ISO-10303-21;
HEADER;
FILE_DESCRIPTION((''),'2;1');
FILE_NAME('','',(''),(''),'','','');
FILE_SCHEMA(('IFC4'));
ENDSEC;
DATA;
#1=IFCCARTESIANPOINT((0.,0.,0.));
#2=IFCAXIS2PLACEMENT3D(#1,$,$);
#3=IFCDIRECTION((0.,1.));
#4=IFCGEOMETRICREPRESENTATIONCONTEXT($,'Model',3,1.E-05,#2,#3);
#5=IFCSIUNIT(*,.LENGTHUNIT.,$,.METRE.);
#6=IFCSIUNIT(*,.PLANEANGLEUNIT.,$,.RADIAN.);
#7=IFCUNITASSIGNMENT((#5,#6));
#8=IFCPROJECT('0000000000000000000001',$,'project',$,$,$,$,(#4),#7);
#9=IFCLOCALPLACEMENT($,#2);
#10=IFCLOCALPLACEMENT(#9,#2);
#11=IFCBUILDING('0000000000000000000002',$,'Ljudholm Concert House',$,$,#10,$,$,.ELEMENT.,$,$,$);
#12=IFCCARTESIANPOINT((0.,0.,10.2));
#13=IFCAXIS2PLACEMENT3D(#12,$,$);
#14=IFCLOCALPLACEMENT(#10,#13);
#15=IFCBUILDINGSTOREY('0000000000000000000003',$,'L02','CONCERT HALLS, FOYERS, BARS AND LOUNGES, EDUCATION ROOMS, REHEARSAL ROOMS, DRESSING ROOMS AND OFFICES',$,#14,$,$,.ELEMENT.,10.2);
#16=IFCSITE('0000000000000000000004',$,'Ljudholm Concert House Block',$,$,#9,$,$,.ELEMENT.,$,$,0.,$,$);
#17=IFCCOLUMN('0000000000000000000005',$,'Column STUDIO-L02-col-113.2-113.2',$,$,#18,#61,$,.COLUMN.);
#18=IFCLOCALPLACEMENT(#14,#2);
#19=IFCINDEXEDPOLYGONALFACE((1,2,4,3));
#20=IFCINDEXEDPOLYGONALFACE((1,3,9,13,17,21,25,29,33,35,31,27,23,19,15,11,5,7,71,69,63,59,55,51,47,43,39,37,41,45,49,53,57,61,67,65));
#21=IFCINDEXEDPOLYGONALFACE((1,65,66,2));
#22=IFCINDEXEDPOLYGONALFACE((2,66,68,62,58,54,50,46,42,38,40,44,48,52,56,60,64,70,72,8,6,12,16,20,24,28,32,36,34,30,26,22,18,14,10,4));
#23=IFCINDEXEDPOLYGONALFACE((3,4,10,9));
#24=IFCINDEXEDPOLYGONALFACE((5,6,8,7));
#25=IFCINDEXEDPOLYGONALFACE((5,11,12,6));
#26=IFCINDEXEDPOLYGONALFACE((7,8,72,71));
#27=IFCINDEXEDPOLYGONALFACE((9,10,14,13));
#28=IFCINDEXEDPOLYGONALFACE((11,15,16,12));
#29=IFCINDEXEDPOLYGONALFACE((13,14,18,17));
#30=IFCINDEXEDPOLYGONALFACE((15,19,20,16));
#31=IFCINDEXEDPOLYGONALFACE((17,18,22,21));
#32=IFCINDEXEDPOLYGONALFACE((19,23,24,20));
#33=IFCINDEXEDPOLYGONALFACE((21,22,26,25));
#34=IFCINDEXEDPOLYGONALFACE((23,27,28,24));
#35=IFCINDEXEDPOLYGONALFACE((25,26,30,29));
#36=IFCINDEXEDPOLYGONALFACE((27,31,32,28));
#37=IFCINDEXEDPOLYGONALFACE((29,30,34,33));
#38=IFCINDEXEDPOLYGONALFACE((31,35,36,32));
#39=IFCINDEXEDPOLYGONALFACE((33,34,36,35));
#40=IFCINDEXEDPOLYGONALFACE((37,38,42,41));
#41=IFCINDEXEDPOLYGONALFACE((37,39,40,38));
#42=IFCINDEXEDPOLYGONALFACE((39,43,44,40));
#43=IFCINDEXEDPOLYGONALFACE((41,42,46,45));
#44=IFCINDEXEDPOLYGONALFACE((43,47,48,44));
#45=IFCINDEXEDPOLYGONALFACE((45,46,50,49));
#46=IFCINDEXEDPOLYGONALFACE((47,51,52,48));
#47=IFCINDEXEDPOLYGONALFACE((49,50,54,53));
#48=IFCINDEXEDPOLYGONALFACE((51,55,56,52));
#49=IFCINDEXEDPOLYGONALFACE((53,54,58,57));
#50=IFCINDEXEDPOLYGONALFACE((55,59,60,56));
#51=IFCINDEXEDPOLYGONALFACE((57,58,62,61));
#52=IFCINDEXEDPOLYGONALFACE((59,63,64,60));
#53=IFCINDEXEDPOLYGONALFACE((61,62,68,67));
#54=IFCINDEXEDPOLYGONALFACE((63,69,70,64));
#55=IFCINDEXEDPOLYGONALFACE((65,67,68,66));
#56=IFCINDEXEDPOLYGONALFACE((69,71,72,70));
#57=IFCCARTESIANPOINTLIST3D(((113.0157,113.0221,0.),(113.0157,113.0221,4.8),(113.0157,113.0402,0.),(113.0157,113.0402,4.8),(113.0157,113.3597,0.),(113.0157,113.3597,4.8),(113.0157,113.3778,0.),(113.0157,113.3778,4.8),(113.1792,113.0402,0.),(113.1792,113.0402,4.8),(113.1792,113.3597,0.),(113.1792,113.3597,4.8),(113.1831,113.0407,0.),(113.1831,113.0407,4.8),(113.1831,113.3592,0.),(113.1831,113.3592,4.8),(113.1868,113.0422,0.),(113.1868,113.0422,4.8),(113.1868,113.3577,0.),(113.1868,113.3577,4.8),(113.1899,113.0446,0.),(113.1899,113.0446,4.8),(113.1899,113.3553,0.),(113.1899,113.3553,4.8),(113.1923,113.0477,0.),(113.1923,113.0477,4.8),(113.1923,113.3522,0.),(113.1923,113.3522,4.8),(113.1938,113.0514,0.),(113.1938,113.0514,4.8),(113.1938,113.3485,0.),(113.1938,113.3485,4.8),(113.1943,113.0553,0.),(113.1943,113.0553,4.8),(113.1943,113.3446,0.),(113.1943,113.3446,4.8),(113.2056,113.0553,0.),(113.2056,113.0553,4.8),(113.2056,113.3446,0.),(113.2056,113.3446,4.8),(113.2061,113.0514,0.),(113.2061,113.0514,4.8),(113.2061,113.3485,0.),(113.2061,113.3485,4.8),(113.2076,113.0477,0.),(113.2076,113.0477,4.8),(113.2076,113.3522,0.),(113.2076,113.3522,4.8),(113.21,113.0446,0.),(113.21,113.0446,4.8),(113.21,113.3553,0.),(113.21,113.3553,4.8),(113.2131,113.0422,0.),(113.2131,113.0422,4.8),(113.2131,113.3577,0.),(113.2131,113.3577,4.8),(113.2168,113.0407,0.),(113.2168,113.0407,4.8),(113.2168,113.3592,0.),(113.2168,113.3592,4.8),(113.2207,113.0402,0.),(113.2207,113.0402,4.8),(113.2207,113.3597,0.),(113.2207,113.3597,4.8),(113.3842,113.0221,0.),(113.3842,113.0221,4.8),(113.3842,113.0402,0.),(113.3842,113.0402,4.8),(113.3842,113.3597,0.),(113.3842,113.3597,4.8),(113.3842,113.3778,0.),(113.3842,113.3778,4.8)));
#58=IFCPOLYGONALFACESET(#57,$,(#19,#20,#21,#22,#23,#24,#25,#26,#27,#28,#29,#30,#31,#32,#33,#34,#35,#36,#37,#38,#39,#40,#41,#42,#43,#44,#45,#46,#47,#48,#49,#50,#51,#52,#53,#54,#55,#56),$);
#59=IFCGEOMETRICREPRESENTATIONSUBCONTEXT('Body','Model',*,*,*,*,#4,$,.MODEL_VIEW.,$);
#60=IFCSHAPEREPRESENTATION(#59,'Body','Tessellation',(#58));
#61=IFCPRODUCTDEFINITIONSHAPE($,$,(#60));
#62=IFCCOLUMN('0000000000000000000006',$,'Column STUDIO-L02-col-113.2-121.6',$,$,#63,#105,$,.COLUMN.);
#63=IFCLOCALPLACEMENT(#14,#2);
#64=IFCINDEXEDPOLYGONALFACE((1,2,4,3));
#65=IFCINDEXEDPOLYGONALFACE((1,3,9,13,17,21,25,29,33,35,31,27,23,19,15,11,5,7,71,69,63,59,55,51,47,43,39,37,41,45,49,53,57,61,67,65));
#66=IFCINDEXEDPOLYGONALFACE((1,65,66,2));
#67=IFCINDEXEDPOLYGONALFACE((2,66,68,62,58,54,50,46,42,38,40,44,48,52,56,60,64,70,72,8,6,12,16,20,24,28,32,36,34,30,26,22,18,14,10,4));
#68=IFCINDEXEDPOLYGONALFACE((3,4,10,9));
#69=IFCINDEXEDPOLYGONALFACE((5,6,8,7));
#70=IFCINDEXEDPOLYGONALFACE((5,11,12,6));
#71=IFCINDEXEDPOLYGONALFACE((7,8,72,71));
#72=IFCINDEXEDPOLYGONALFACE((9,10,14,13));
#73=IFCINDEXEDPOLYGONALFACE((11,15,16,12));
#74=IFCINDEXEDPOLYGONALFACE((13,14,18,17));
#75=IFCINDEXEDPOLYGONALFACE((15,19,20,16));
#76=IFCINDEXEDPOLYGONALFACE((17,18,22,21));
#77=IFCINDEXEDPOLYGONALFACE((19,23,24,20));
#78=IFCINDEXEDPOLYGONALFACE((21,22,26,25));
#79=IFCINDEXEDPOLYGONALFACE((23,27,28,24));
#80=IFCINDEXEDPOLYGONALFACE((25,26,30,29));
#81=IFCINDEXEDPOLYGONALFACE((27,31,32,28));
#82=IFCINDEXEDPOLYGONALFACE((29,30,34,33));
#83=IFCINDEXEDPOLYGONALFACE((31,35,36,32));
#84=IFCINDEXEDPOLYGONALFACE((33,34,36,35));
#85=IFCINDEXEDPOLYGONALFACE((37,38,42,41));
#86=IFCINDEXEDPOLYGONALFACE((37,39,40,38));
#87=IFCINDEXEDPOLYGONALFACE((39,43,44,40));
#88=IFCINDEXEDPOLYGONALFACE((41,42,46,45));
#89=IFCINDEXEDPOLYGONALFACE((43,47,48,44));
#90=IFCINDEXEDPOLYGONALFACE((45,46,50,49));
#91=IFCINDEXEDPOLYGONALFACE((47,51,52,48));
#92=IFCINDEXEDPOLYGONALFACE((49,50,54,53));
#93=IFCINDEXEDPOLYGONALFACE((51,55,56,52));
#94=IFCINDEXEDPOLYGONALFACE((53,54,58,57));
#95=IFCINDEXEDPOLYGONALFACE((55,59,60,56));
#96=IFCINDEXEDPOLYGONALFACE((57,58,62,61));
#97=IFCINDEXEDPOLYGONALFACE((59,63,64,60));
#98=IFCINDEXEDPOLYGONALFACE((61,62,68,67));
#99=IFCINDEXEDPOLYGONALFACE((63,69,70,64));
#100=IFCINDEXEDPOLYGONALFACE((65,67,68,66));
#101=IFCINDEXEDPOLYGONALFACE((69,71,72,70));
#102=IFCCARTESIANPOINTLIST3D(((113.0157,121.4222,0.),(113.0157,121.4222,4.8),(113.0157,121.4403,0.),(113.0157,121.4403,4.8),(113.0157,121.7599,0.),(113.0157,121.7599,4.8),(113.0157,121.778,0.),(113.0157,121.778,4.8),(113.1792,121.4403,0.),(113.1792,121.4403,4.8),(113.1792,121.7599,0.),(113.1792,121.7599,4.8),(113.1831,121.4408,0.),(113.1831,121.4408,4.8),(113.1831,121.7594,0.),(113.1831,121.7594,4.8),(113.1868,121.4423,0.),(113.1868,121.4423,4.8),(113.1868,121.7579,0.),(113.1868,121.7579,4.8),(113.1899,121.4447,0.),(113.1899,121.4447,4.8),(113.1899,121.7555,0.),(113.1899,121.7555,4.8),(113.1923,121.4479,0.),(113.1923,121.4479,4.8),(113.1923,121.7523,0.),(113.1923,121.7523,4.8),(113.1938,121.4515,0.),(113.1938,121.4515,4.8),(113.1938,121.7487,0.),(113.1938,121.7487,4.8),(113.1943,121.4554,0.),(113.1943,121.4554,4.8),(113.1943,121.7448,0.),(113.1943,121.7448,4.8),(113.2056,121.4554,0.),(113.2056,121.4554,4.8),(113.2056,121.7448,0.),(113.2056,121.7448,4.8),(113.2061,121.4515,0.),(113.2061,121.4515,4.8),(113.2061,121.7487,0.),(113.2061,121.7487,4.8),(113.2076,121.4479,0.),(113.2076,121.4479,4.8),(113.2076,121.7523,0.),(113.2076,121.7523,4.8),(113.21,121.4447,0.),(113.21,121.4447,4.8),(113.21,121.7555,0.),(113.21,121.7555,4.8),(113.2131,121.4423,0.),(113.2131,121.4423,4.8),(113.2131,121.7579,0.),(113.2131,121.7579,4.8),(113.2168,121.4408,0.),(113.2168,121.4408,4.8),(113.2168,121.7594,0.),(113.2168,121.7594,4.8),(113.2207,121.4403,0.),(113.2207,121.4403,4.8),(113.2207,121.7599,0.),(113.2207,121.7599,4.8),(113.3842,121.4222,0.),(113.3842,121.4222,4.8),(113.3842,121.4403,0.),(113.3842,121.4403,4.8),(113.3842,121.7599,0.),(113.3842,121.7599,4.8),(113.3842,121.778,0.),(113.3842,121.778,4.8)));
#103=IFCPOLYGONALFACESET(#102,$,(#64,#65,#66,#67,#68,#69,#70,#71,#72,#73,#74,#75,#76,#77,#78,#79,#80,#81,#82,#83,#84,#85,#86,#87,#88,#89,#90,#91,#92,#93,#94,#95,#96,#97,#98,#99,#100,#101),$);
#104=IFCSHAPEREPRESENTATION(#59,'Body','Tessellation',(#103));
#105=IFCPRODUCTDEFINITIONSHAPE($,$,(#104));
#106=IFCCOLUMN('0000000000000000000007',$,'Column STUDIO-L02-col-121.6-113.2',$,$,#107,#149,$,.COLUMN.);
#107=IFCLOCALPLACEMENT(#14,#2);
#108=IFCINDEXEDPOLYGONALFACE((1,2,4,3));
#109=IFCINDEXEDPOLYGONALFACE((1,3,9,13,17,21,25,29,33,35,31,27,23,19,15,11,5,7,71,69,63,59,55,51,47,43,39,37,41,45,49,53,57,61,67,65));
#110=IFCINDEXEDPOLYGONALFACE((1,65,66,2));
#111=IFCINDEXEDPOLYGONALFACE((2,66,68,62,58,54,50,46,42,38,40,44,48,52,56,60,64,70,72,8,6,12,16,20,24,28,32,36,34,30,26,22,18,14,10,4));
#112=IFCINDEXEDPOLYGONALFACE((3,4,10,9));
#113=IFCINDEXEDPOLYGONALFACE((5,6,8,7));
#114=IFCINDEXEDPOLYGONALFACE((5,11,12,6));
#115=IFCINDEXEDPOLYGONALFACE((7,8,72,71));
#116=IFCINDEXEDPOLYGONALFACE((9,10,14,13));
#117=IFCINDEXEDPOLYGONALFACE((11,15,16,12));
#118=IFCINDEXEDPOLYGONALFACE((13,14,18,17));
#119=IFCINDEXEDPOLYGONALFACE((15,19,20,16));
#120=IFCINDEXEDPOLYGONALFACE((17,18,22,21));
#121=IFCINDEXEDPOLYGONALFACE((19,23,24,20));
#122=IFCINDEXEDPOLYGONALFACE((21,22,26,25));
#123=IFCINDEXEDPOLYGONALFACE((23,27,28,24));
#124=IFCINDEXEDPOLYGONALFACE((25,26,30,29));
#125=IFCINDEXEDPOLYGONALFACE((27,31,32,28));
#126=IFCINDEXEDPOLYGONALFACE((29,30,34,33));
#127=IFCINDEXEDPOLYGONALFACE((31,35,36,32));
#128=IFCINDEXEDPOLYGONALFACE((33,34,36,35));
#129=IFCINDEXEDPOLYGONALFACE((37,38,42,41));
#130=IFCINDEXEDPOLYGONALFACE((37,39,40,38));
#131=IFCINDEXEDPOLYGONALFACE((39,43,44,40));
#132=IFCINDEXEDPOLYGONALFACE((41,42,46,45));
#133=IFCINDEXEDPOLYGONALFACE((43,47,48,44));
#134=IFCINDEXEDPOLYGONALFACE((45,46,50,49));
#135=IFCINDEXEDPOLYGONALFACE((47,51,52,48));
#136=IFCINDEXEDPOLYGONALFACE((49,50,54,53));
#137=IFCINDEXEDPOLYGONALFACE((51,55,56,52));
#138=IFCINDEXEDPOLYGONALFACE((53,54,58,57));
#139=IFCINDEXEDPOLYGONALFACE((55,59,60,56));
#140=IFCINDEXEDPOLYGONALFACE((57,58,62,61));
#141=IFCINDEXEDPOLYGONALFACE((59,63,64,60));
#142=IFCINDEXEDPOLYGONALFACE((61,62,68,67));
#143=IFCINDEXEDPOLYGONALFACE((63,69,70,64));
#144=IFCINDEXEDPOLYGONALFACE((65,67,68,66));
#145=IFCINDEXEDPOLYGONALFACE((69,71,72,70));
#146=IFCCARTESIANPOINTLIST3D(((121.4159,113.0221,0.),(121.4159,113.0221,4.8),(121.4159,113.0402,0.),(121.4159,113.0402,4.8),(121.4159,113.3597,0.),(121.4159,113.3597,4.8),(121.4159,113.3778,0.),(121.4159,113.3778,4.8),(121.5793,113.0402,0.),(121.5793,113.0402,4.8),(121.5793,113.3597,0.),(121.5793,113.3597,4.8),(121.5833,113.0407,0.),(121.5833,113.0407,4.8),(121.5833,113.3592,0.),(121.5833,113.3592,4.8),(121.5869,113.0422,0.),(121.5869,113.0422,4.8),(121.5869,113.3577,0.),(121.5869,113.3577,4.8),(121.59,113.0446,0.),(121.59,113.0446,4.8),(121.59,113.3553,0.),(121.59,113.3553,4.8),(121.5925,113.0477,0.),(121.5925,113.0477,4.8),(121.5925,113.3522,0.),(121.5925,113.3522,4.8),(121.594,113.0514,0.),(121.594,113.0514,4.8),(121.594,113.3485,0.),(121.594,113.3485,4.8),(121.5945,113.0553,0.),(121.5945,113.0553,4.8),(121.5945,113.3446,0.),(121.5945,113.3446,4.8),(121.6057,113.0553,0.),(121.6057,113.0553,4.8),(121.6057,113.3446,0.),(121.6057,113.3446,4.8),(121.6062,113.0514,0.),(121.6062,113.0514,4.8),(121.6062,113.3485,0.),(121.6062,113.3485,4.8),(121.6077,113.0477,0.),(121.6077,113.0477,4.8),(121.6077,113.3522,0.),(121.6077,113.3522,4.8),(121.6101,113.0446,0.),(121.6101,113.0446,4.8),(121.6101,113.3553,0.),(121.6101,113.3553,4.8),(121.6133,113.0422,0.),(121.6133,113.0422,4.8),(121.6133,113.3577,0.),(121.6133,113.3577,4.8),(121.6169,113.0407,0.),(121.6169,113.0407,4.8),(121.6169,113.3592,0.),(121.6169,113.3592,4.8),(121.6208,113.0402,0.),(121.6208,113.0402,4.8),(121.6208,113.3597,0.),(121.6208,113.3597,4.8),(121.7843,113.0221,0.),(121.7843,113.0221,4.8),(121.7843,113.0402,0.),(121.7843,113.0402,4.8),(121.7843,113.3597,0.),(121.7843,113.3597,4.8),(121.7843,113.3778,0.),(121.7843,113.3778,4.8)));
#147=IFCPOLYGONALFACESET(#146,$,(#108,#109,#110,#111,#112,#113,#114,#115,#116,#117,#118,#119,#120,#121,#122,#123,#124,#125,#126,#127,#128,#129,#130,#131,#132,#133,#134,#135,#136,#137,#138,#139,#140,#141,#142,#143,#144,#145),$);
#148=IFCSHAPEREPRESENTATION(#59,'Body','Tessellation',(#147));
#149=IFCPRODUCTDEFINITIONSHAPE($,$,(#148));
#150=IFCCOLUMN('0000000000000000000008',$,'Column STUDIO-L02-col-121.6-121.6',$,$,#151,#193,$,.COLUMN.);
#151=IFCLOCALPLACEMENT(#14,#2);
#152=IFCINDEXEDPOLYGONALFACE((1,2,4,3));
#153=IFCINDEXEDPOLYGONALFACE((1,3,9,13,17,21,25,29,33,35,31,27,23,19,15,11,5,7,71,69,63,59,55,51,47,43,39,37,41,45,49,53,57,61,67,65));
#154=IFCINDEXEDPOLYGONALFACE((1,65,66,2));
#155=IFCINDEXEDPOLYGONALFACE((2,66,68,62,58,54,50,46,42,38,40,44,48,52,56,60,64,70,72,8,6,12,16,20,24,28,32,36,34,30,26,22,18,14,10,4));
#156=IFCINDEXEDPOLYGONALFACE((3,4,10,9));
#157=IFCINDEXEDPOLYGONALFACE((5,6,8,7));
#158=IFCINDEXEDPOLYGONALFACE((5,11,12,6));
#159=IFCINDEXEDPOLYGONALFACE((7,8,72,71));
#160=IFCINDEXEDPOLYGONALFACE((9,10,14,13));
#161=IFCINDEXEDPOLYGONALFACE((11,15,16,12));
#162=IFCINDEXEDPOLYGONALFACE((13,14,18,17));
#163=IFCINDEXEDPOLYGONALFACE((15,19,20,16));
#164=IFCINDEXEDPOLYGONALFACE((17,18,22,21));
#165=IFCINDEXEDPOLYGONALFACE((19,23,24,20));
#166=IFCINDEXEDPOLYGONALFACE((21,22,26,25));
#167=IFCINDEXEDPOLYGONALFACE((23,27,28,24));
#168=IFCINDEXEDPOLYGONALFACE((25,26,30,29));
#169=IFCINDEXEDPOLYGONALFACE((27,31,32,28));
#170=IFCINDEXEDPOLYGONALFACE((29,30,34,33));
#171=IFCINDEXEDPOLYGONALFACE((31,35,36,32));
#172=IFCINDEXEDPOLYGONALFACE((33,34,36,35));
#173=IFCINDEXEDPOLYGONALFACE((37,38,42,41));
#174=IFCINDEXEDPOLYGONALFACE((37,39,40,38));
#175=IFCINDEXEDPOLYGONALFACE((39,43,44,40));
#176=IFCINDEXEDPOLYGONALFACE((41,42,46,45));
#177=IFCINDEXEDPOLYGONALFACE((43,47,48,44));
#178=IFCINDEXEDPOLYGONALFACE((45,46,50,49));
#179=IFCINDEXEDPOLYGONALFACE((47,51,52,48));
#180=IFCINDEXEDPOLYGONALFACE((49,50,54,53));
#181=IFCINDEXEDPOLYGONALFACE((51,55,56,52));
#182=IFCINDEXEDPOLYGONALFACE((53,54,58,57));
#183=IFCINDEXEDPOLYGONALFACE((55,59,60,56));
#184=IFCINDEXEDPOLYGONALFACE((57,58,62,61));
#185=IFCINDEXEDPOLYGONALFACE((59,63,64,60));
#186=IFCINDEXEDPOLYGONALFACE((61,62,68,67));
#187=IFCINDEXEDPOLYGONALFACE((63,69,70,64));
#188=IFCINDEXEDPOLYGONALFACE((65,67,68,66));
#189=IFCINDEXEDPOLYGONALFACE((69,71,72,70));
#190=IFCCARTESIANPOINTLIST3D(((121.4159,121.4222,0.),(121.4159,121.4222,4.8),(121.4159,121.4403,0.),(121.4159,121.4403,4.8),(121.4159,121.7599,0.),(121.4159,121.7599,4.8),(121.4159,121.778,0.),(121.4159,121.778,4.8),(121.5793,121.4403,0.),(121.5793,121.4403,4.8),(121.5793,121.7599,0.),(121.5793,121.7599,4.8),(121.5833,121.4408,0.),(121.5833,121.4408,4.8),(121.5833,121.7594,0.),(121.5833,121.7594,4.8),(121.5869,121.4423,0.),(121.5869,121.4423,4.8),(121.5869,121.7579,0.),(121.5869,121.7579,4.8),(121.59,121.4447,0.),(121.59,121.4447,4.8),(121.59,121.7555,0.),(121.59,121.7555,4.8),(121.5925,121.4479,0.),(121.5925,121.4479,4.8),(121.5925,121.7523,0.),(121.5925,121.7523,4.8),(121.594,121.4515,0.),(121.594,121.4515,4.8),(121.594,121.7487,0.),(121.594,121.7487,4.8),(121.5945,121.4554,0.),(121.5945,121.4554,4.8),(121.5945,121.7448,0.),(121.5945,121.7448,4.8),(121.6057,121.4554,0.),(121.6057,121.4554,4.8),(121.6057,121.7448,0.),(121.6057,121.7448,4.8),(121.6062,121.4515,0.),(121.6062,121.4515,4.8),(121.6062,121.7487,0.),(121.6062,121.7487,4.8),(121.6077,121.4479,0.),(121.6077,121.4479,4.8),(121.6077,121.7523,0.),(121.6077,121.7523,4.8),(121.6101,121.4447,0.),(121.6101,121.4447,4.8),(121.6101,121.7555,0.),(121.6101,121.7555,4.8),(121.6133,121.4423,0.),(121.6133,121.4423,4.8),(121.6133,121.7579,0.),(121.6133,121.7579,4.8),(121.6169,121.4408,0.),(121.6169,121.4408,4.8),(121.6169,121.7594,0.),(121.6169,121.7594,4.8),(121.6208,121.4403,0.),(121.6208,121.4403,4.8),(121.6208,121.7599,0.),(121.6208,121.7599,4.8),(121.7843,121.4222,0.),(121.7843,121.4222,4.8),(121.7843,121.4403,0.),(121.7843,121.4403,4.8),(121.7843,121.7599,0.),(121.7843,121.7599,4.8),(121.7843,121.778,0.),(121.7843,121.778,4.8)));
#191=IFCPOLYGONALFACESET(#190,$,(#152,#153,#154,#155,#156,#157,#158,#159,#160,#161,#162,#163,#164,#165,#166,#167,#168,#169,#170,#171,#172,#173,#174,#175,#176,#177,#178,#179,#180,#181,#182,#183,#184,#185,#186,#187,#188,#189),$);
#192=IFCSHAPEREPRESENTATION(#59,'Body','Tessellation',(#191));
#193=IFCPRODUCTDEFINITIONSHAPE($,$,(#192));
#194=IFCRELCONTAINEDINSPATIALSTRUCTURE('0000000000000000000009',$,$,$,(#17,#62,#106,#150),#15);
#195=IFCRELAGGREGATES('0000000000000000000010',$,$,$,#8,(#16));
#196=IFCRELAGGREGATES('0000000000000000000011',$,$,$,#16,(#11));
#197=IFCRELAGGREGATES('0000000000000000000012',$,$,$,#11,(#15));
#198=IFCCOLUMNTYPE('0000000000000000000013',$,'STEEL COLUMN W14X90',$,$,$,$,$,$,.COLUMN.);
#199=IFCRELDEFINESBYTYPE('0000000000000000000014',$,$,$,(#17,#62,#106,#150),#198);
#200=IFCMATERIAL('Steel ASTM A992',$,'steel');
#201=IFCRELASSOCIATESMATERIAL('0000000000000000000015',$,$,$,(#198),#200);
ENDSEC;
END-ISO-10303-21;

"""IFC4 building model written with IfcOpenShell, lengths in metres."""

from ifc_helpers import new_model, si_unit, direction, frame, origin, origin_2d, place, context, subcontext, project, spatial, i_section, extrude, material, material_profile, profile_set, type_object, element, save


model = new_model("IFC4")

# Units and contexts
model_context = context("Model", 3, precision=1e-05, world=origin(), true_north=direction((0.0, 1.0)))
body_context = subcontext(model_context, "Body", "Model", "MODEL_VIEW")
ifc_project = project(units=[si_unit("LENGTHUNIT", "METRE"), si_unit("PLANEANGLEUNIT", "RADIAN")], contexts=[model_context])

# Site, building, storey
site_placement = place(None, origin())
site = spatial("IfcSite", under=ifc_project, at=site_placement, Name="Ljudholm Concert House Block", CompositionType="ELEMENT", RefElevation=0.0)
building_placement = place(site_placement, origin())
building = spatial("IfcBuilding", under=site, at=building_placement, Name="Ljudholm Concert House", CompositionType="ELEMENT")
storey_placement = place(building_placement, frame((0.0, 0.0, 10.2)))
storey = spatial("IfcBuildingStorey", under=building, at=storey_placement, Name="L02", Description="CONCERT HALLS, FOYERS, BARS AND LOUNGES, EDUCATION ROOMS, REHEARSAL ROOMS, DRESSING ROOMS AND OFFICES", CompositionType="ELEMENT", Elevation=10.2)

# Columns
ifc_material_1 = material(Name="Steel ASTM A992", Category="steel")
ifc_material_profile_1 = material_profile(ifc_material_1, i_section(OverallWidth=0.3684, OverallDepth=0.3557, WebThickness=0.0112, FlangeThickness=0.0181, FilletRadius=0.0151, at=origin_2d()), Name="W14X90")
ifc_profile_set_1 = profile_set([ifc_material_profile_1], Name="Steel ASTM A992")
column_type = type_object("IfcColumnType", Name="STEEL COLUMN W14X90", PredefinedType="COLUMN", material=ifc_profile_set_1)
for number, where, z_axis, x_axis, name in (
    (1, (113.2, 113.2, 0.0), (0.0, 0.0, 1.0), (1.0, 0.0, 0.0), "Column STUDIO-L02-col-113.2-113.2"),
    (2, (113.2, 121.6001, 0.0), (0.0, 0.0, 1.0), (1.0, 0.0, 0.0), "Column STUDIO-L02-col-113.2-121.6"),
    (3, (121.6001, 113.2, 0.0), (0.0, 0.0, 1.0), (1.0, 0.0, 0.0), "Column STUDIO-L02-col-121.6-113.2"),
    (4, (121.6001, 121.6001, 0.0), (0.0, 0.0, 1.0), (1.0, 0.0, 0.0), "Column STUDIO-L02-col-121.6-121.6"),
):
    element("IfcColumn", number, at=place(storey_placement, frame(where, z_axis=z_axis, x_axis=x_axis)), inside=storey, type_object=column_type, Name=name, PredefinedType="COLUMN", context=body_context, shape_type="SweptSolid", body=[
        extrude(i_section(OverallWidth=0.3684, OverallDepth=0.3557, WebThickness=0.0112, FlangeThickness=0.0181, FilletRadius=0.0151, at=origin_2d()), origin(), (0.0, 0.0, 1.0), 4.8),
    ])

save(model, "model.ifc")
